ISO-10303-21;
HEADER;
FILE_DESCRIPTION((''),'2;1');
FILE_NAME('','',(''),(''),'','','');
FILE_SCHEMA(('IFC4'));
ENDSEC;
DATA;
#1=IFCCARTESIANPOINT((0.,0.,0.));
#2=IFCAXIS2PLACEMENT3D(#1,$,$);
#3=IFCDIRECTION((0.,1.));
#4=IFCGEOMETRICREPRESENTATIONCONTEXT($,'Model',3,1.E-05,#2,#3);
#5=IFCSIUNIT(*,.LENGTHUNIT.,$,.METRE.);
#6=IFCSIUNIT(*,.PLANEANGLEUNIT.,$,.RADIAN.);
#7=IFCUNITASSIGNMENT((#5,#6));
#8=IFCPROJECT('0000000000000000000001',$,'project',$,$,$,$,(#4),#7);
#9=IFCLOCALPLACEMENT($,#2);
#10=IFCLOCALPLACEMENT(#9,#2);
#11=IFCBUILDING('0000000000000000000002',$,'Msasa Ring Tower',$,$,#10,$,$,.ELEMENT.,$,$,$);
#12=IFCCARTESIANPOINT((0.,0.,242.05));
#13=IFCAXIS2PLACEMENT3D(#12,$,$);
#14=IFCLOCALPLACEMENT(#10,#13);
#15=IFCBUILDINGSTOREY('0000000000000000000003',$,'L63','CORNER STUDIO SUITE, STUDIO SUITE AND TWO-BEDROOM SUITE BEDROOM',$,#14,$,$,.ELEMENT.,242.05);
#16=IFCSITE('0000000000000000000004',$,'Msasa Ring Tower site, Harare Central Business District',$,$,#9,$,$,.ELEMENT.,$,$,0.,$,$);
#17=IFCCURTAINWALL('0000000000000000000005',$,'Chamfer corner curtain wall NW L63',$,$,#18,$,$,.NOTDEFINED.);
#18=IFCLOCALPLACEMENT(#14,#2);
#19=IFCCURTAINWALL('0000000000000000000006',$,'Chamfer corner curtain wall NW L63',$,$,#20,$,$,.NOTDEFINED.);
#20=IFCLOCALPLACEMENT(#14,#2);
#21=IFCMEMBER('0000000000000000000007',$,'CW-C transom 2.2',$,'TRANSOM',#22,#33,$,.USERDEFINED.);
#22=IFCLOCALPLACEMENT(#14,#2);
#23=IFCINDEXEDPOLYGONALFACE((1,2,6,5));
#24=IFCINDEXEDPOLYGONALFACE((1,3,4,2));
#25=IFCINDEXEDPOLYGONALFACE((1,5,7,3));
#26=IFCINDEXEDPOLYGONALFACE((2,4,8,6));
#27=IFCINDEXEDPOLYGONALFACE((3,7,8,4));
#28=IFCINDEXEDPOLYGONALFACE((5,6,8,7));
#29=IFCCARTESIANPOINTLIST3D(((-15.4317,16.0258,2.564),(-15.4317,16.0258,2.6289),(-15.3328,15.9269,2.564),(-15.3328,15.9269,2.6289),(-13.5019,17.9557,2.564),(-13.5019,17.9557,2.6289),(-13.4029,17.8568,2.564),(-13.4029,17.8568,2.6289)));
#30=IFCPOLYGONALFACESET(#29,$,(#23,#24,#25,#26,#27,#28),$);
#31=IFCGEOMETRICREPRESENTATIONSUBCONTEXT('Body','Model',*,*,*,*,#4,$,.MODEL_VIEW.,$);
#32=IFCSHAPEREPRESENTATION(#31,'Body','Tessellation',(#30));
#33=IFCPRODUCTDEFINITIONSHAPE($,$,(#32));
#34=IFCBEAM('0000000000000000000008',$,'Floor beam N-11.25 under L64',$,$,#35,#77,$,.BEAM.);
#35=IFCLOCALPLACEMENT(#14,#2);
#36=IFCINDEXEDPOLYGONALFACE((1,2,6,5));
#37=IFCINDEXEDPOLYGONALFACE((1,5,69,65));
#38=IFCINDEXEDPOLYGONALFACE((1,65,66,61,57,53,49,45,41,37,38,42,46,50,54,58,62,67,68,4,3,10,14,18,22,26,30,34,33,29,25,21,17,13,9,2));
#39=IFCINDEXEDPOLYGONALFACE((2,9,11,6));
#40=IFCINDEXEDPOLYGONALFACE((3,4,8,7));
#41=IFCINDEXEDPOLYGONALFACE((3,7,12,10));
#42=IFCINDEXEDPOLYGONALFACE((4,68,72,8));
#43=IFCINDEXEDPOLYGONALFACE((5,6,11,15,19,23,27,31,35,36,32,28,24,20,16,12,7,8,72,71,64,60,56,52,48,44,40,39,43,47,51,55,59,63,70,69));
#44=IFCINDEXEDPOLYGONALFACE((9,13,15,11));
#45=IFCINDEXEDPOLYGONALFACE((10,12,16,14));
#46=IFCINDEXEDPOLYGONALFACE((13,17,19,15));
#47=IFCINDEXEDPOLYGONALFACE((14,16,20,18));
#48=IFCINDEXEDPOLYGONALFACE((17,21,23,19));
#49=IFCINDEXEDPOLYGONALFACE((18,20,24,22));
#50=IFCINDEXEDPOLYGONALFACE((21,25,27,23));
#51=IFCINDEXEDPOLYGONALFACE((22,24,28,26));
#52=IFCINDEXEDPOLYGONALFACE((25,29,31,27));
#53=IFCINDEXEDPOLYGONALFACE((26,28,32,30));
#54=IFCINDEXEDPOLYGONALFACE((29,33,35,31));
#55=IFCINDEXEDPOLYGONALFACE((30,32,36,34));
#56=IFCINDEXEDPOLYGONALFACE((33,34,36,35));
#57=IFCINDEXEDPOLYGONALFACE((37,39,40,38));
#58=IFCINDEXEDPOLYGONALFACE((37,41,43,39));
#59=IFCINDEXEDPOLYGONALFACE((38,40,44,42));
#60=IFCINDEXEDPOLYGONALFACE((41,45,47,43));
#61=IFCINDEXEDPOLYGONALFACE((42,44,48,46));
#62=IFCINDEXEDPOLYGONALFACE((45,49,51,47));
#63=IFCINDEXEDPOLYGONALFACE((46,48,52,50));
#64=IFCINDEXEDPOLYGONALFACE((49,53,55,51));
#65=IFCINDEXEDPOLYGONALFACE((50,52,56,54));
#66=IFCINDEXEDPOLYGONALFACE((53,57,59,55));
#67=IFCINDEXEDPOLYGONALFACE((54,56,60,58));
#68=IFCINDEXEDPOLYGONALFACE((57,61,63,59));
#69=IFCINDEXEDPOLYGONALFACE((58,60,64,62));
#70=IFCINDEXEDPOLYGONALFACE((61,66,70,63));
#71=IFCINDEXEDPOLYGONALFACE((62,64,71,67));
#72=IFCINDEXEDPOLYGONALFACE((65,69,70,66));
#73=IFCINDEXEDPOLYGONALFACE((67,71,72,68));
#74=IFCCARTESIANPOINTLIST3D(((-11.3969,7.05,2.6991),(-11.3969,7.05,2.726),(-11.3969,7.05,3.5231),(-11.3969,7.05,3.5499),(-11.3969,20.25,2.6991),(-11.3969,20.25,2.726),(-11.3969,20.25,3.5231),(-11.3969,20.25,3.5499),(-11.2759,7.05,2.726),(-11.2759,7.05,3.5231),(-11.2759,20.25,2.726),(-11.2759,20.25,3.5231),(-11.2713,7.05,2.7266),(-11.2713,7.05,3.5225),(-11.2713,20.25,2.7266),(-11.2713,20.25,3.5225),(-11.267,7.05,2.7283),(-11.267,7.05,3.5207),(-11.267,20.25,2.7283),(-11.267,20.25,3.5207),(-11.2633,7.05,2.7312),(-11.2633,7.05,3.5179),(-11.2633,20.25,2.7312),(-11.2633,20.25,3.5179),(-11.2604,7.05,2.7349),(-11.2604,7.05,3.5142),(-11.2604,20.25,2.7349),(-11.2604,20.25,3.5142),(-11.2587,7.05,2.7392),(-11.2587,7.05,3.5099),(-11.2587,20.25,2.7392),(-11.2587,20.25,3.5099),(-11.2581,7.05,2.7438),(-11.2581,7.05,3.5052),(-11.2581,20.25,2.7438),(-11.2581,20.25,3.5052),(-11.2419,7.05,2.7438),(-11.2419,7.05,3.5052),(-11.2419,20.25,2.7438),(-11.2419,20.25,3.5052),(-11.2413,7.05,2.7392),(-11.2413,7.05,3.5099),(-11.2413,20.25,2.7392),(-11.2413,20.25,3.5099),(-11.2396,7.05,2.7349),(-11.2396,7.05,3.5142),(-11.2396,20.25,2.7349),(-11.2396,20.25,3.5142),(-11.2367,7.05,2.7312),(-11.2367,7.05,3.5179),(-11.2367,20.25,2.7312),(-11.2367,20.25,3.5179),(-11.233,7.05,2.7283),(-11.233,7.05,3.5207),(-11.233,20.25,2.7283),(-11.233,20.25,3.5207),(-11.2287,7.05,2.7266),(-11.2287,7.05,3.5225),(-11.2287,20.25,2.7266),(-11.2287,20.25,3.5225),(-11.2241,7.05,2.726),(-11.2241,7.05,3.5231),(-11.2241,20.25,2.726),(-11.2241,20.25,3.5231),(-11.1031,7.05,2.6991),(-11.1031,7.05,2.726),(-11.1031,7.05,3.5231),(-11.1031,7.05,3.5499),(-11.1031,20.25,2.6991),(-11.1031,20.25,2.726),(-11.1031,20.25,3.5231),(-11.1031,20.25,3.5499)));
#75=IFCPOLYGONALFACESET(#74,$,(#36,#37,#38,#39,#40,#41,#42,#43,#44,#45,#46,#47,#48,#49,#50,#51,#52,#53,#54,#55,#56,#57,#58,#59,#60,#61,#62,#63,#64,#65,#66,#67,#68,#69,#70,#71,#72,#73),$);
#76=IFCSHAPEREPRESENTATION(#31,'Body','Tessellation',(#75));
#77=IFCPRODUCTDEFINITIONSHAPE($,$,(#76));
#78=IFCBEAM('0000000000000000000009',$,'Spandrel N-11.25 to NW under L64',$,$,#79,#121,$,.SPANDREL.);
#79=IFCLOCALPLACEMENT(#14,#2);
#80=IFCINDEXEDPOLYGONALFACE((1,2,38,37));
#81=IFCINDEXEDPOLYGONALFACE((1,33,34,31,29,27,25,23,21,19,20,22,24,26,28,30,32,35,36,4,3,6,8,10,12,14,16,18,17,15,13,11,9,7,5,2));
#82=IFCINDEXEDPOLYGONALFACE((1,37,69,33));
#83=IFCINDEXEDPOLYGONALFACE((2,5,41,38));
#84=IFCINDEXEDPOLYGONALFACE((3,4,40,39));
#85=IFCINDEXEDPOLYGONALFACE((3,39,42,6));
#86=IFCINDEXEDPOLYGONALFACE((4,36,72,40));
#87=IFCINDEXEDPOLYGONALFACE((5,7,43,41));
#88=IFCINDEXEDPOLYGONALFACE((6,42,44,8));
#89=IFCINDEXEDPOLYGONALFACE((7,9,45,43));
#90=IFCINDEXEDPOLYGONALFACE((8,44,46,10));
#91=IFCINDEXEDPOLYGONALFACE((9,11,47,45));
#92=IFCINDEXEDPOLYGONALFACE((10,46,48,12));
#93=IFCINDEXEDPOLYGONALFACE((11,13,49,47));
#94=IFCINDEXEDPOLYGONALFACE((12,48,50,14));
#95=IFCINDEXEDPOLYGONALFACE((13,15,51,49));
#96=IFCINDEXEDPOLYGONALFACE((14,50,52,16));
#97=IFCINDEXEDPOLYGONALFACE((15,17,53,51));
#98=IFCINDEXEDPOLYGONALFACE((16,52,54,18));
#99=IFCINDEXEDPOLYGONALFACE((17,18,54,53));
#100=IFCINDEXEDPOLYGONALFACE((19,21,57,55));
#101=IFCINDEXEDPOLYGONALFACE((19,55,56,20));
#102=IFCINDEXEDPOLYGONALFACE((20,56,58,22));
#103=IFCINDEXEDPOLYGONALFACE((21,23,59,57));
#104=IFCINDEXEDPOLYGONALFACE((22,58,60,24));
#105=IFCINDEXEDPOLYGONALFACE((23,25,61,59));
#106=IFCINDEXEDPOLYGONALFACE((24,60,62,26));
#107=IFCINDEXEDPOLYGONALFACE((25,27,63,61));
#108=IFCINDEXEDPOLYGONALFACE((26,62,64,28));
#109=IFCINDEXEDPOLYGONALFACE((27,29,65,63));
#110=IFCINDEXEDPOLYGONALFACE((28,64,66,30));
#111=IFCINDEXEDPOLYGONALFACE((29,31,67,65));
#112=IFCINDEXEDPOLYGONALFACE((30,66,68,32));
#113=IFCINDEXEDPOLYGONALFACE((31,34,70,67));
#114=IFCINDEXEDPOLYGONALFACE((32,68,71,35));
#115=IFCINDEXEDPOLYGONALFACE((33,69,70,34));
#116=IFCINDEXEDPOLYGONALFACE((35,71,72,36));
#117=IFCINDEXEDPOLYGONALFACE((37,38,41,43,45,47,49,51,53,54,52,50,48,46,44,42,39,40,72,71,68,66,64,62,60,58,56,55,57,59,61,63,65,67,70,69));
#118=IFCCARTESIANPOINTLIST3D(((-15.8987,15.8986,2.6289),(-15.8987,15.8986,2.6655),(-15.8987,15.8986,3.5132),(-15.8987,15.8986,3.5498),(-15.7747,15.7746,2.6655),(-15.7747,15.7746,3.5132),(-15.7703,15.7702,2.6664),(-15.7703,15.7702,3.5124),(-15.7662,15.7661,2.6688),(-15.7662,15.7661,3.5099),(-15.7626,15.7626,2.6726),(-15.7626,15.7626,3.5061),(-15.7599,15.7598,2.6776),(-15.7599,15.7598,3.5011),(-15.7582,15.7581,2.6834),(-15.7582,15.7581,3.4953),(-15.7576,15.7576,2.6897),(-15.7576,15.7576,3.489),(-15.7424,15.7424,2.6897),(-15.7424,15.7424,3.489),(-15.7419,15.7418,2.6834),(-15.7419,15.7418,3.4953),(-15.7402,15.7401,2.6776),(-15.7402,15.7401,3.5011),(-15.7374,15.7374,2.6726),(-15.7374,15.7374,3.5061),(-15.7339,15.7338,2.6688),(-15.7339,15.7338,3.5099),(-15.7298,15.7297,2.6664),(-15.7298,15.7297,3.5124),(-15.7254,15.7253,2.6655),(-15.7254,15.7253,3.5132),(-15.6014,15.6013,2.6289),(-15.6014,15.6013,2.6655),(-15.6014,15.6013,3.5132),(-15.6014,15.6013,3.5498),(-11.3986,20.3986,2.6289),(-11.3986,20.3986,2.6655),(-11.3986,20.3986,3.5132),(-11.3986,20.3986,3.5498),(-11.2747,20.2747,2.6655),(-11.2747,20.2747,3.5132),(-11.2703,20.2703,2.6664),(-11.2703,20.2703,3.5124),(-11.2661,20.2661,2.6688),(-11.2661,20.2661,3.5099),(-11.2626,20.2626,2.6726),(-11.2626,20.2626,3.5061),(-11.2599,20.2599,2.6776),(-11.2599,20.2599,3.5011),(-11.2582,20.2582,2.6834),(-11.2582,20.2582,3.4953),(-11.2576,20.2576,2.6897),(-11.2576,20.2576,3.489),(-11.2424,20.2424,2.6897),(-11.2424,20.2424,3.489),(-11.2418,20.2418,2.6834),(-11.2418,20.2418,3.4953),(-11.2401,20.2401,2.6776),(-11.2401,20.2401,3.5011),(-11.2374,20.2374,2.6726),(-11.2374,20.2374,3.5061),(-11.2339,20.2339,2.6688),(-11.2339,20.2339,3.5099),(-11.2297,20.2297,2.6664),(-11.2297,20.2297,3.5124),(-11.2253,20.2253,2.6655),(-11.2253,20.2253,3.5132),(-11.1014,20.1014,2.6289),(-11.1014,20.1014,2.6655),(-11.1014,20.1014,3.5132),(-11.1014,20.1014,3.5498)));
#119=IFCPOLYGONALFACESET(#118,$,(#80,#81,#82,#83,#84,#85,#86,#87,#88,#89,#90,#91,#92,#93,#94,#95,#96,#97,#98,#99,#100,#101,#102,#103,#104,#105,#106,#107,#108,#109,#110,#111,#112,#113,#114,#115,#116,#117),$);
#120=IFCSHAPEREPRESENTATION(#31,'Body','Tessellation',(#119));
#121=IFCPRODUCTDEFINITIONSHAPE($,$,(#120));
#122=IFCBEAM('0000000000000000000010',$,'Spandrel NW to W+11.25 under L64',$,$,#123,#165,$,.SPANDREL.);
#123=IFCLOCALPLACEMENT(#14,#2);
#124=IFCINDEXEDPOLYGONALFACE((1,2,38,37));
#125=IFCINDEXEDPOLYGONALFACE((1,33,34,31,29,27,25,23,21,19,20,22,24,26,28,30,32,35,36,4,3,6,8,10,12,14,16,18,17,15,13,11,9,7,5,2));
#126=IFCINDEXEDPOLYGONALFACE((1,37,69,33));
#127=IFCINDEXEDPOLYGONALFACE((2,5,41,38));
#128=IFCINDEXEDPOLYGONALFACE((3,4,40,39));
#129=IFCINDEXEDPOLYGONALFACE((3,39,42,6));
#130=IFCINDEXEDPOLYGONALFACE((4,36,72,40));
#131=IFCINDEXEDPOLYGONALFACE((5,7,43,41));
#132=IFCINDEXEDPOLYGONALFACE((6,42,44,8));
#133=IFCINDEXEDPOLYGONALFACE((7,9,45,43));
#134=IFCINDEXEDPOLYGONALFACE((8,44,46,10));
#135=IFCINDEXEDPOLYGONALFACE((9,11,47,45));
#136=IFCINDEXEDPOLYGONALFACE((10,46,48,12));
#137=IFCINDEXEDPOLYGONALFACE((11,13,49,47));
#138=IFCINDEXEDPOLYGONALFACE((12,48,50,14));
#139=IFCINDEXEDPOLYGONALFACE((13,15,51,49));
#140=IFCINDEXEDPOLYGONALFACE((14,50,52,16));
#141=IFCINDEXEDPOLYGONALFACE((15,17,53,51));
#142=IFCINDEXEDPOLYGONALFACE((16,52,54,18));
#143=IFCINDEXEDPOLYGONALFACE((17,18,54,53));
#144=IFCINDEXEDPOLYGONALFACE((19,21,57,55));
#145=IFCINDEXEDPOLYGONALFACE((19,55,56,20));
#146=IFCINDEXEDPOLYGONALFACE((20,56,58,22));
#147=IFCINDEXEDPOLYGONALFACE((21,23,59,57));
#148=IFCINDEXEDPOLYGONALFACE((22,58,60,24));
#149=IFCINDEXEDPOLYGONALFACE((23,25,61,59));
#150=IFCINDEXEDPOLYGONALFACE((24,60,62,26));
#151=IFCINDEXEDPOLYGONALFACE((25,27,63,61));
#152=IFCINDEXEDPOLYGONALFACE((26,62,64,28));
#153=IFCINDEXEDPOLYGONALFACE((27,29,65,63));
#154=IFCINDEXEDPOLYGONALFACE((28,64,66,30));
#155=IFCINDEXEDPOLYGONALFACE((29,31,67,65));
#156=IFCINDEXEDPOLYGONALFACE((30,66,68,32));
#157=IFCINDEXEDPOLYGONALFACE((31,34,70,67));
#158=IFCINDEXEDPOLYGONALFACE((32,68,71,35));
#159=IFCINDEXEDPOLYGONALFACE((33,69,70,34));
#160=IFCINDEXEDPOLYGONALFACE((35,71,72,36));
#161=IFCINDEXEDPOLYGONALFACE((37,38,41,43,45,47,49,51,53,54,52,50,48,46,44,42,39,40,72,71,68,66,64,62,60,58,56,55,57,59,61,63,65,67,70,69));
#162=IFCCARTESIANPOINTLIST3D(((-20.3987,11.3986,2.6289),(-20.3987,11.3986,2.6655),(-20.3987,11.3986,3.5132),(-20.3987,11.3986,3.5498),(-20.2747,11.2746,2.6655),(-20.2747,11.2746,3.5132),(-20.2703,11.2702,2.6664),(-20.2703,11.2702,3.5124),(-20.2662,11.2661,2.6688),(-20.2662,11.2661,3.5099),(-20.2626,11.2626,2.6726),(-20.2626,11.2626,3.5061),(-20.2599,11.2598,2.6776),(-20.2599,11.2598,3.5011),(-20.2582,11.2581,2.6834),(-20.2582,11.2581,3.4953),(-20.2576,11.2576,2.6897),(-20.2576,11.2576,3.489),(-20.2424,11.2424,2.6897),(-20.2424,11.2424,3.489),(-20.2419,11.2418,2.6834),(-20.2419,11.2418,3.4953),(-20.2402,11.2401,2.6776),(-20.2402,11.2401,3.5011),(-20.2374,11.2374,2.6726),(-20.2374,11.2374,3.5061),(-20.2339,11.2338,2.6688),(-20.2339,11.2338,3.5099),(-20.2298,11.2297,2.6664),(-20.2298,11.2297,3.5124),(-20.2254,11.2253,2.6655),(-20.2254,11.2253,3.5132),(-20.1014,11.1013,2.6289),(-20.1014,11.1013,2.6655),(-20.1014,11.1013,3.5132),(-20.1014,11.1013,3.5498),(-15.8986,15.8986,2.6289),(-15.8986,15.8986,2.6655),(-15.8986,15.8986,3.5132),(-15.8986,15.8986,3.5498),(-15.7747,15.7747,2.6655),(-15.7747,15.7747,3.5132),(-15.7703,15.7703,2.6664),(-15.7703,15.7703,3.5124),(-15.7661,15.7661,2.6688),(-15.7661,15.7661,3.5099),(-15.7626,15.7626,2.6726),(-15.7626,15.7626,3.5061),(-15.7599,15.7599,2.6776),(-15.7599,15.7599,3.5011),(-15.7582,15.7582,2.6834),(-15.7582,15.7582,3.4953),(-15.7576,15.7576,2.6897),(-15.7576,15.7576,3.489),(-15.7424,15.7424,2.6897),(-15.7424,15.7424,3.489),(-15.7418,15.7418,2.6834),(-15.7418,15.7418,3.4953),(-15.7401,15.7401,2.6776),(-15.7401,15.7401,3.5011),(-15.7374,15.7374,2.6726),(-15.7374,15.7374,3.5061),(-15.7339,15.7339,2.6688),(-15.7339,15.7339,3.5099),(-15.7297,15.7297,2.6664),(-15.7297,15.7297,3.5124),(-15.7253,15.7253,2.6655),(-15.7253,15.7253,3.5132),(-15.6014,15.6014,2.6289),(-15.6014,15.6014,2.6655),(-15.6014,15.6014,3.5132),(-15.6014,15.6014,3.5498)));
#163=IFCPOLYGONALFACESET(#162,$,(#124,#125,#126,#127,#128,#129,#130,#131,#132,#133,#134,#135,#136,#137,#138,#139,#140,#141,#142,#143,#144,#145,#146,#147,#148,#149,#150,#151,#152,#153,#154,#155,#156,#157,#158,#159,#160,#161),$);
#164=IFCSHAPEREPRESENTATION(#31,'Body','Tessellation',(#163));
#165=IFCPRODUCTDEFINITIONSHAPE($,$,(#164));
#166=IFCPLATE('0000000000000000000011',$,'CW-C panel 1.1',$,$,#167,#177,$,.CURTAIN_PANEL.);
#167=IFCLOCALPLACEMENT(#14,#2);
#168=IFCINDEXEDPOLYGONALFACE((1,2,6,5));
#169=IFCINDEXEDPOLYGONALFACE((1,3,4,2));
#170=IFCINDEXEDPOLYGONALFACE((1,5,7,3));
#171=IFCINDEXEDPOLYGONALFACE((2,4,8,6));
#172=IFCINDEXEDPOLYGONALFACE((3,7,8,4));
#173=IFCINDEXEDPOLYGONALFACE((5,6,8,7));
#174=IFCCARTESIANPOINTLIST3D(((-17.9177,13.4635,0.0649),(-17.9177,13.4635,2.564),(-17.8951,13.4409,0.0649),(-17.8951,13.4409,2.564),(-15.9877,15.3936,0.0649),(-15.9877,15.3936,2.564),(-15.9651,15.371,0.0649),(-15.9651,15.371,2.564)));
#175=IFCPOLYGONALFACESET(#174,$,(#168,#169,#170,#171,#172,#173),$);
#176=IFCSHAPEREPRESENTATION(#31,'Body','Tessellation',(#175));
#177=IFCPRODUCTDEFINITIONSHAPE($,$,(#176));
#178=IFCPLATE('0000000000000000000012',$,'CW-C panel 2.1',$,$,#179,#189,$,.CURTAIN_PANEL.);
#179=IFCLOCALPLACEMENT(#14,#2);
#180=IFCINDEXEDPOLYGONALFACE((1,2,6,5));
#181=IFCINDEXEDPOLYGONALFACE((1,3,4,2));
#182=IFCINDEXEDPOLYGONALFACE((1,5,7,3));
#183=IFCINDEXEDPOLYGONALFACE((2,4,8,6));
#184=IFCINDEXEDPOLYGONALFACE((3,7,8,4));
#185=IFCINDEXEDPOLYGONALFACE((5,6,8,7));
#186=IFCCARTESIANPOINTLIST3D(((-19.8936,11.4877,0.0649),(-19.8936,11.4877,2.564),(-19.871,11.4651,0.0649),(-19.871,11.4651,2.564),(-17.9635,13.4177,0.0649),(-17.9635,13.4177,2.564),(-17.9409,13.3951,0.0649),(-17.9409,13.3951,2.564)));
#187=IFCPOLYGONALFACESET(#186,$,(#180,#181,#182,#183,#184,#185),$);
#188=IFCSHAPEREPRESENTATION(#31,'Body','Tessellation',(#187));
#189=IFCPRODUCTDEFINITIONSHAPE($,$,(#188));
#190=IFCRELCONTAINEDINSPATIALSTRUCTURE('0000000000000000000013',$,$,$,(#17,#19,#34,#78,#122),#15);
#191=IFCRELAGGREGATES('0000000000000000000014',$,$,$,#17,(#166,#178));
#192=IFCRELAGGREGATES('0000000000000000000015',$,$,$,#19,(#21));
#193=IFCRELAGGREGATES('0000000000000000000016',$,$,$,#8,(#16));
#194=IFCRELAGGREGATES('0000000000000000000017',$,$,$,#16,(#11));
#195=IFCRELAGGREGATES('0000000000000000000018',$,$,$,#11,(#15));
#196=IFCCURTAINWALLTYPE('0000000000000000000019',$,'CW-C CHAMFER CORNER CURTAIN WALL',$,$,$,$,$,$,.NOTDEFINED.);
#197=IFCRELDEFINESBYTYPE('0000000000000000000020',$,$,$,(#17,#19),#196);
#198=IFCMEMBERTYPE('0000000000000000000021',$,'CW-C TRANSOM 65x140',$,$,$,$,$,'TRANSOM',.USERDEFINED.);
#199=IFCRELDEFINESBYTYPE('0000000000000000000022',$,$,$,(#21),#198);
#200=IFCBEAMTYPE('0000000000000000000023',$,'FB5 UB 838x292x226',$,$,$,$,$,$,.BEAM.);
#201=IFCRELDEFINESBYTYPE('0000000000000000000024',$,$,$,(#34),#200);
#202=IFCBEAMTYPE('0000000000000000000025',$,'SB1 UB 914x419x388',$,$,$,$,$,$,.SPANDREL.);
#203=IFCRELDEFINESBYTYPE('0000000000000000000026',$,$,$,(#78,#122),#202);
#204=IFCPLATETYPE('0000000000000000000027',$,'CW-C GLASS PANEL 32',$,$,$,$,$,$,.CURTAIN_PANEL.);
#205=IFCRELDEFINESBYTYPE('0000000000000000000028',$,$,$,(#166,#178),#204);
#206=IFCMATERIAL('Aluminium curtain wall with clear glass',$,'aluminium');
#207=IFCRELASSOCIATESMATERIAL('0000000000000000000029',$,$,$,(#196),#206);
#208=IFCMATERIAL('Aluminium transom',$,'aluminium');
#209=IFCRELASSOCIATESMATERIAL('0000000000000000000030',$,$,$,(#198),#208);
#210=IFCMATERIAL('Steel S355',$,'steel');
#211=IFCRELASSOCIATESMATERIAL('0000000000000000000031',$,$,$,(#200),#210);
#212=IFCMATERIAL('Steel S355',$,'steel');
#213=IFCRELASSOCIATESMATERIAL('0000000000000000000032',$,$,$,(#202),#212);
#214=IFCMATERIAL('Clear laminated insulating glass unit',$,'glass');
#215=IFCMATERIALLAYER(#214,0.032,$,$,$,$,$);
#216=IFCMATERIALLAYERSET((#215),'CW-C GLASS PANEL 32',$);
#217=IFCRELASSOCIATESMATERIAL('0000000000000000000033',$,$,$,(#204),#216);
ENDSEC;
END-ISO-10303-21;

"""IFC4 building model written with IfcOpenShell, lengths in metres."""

from ifc_helpers import new_model, si_unit, direction, frame, origin, origin_2d, place, context, subcontext, project, spatial, rectangle, i_section, extrude, material, layer, layer_set, material_profile, profile_set, type_object, element, aggregate, save


model = new_model("IFC4")

# Units and contexts
model_context = context("Model", 3, precision=1e-05, world=origin(), true_north=direction((0.0, 1.0)))
body_context = subcontext(model_context, "Body", "Model", "MODEL_VIEW")
ifc_project = project(units=[si_unit("LENGTHUNIT", "METRE"), si_unit("PLANEANGLEUNIT", "RADIAN")], contexts=[model_context])

# Site, building, storey
site_placement = place(None, origin())
site = spatial("IfcSite", under=ifc_project, at=site_placement, Name="Msasa Ring Tower site, Harare Central Business District", CompositionType="ELEMENT", RefElevation=0.0)
building_placement = place(site_placement, origin())
building = spatial("IfcBuilding", under=site, at=building_placement, Name="Msasa Ring Tower", CompositionType="ELEMENT")
storey_placement = place(building_placement, frame((0.0, 0.0, 242.05)))
storey = spatial("IfcBuildingStorey", under=building, at=storey_placement, Name="L63", Description="CORNER STUDIO SUITE, STUDIO SUITE AND TWO-BEDROOM SUITE BEDROOM", CompositionType="ELEMENT", Elevation=242.05)

# Curtain walls
ifc_material_1 = material(Name="Aluminium curtain wall with clear glass", Category="aluminium")
curtain_wall_type = type_object("IfcCurtainWallType", Name="CW-C CHAMFER CORNER CURTAIN WALL", PredefinedType="NOTDEFINED", material=ifc_material_1)
curtain_wall_1_placement = place(storey_placement, origin())
curtain_wall_1 = element("IfcCurtainWall", 1, at=curtain_wall_1_placement, inside=storey, type_object=curtain_wall_type, Name="Chamfer corner curtain wall NW L63", PredefinedType="NOTDEFINED")
curtain_wall_2_placement = place(storey_placement, origin())
curtain_wall_2 = element("IfcCurtainWall", 2, at=curtain_wall_2_placement, inside=storey, type_object=curtain_wall_type, Name="Chamfer corner curtain wall NW L63", PredefinedType="NOTDEFINED")

# Member
ifc_material_2 = material(Name="Aluminium transom", Category="aluminium")
ifc_material_profile_1 = material_profile(ifc_material_2, rectangle(XDim=0.1399, YDim=0.0649, at=origin_2d()), Name="AL 65x140")
ifc_profile_set_1 = profile_set([ifc_material_profile_1], Name="Aluminium transom")
member_type_1 = type_object("IfcMemberType", Name="CW-C TRANSOM 65x140", ElementType="TRANSOM", PredefinedType="USERDEFINED", material=ifc_profile_set_1)
member_1_placement = place(storey_placement, frame((-13.4524, 17.9062, 2.5964), z_axis=(-0.707107, -0.707107, 0.0), x_axis=(0.707107, -0.707107, 0.0)))
member_1 = element("IfcMember", 3, at=member_1_placement, type_object=member_type_1, Name="CW-C transom 2.2", ObjectType="TRANSOM", PredefinedType="USERDEFINED", context=body_context, shape_type="SweptSolid", body=[
    extrude(rectangle(XDim=0.1399, YDim=0.0649, at=origin_2d()), origin(), (0.0, 0.0, 1.0), 2.7292),
])

# Beams
ifc_material_3 = material(Name="Steel S355", Category="steel")
ifc_material_profile_2 = material_profile(ifc_material_3, i_section(OverallWidth=0.2937, OverallDepth=0.8508, WebThickness=0.0161, FlangeThickness=0.0269, FilletRadius=0.0178, at=origin_2d()), Name="UB 838x292x226")
ifc_profile_set_2 = profile_set([ifc_material_profile_2], Name="Steel S355")
beam_type_1 = type_object("IfcBeamType", Name="FB5 UB 838x292x226", PredefinedType="BEAM", material=ifc_profile_set_2)
beam_placement = place(storey_placement, frame((-11.25, 20.25, 3.1245), z_axis=(0.0, -1.0, 0.0), x_axis=(1.0, 0.0, 0.0)))
element("IfcBeam", 4, at=beam_placement, inside=storey, type_object=beam_type_1, Name="Floor beam N-11.25 under L64", PredefinedType="BEAM", context=body_context, shape_type="SweptSolid", body=[
    extrude(i_section(OverallWidth=0.2937, OverallDepth=0.8508, WebThickness=0.0161, FlangeThickness=0.0269, FilletRadius=0.0178, at=origin_2d()), origin(), (0.0, 0.0, 1.0), 13.2),
])
ifc_material_4 = material(Name="Steel S355", Category="steel")
ifc_material_profile_3 = material_profile(ifc_material_4, i_section(OverallWidth=0.4204, OverallDepth=0.9209, WebThickness=0.0215, FlangeThickness=0.0366, FilletRadius=0.0242, at=origin_2d()), Name="UB 914x419x388")
ifc_profile_set_3 = profile_set([ifc_material_profile_3], Name="Steel S355")
beam_type_2 = type_object("IfcBeamType", Name="SB1 UB 914x419x388", PredefinedType="SPANDREL", material=ifc_profile_set_3)
for number, where, z_axis, x_axis, name in (
    (5, (-11.25, 20.25, 3.0894), (-0.707107, -0.707107, 0.0), (0.707107, -0.707107, 0.0), "Spandrel N-11.25 to NW under L64"),
    (6, (-15.75, 15.75, 3.0894), (-0.707107, -0.707107, 0.0), (0.707107, -0.707107, 0.0), "Spandrel NW to W+11.25 under L64"),
):
    element("IfcBeam", number, at=place(storey_placement, frame(where, z_axis=z_axis, x_axis=x_axis)), inside=storey, type_object=beam_type_2, Name=name, PredefinedType="SPANDREL", context=body_context, shape_type="SweptSolid", body=[
        extrude(i_section(OverallWidth=0.4204, OverallDepth=0.9209, WebThickness=0.0215, FlangeThickness=0.0366, FilletRadius=0.0242, at=origin_2d()), origin(), (0.0, 0.0, 1.0), 6.364),
    ])

# Plates
ifc_material_5 = material(Name="Clear laminated insulating glass unit", Category="glass")
ifc_layer_1 = layer(ifc_material_5, 0.032)
ifc_layer_set_1 = layer_set([ifc_layer_1], Name="CW-C GLASS PANEL 32")
plate_type = type_object("IfcPlateType", Name="CW-C GLASS PANEL 32", PredefinedType="CURTAIN_PANEL", material=ifc_layer_set_1)
plate_1_placement = place(storey_placement, frame((-16.9414, 14.4172, 0.0649), z_axis=(0.0, 0.0, 1.0), x_axis=(-0.707107, -0.707107, 0.0)))
plate_1 = element("IfcPlate", 7, at=plate_1_placement, type_object=plate_type, Name="CW-C panel 1.1", PredefinedType="CURTAIN_PANEL", context=body_context, shape_type="SweptSolid", body=[
    extrude(rectangle(XDim=2.7295, YDim=0.032, at=origin_2d()), origin(), (0.0, 0.0, 1.0), 2.499),
])
plate_2_placement = place(storey_placement, frame((-18.9172, 12.4414, 0.0649), z_axis=(0.0, 0.0, 1.0), x_axis=(-0.707107, -0.707107, 0.0)))
plate_2 = element("IfcPlate", 8, at=plate_2_placement, type_object=plate_type, Name="CW-C panel 2.1", PredefinedType="CURTAIN_PANEL", context=body_context, shape_type="SweptSolid", body=[
    extrude(rectangle(XDim=2.7295, YDim=0.032, at=origin_2d()), origin(), (0.0, 0.0, 1.0), 2.499),
])
aggregate(curtain_wall_1, [plate_1, plate_2])
aggregate(curtain_wall_2, [member_1])

save(model, "model.ifc")
